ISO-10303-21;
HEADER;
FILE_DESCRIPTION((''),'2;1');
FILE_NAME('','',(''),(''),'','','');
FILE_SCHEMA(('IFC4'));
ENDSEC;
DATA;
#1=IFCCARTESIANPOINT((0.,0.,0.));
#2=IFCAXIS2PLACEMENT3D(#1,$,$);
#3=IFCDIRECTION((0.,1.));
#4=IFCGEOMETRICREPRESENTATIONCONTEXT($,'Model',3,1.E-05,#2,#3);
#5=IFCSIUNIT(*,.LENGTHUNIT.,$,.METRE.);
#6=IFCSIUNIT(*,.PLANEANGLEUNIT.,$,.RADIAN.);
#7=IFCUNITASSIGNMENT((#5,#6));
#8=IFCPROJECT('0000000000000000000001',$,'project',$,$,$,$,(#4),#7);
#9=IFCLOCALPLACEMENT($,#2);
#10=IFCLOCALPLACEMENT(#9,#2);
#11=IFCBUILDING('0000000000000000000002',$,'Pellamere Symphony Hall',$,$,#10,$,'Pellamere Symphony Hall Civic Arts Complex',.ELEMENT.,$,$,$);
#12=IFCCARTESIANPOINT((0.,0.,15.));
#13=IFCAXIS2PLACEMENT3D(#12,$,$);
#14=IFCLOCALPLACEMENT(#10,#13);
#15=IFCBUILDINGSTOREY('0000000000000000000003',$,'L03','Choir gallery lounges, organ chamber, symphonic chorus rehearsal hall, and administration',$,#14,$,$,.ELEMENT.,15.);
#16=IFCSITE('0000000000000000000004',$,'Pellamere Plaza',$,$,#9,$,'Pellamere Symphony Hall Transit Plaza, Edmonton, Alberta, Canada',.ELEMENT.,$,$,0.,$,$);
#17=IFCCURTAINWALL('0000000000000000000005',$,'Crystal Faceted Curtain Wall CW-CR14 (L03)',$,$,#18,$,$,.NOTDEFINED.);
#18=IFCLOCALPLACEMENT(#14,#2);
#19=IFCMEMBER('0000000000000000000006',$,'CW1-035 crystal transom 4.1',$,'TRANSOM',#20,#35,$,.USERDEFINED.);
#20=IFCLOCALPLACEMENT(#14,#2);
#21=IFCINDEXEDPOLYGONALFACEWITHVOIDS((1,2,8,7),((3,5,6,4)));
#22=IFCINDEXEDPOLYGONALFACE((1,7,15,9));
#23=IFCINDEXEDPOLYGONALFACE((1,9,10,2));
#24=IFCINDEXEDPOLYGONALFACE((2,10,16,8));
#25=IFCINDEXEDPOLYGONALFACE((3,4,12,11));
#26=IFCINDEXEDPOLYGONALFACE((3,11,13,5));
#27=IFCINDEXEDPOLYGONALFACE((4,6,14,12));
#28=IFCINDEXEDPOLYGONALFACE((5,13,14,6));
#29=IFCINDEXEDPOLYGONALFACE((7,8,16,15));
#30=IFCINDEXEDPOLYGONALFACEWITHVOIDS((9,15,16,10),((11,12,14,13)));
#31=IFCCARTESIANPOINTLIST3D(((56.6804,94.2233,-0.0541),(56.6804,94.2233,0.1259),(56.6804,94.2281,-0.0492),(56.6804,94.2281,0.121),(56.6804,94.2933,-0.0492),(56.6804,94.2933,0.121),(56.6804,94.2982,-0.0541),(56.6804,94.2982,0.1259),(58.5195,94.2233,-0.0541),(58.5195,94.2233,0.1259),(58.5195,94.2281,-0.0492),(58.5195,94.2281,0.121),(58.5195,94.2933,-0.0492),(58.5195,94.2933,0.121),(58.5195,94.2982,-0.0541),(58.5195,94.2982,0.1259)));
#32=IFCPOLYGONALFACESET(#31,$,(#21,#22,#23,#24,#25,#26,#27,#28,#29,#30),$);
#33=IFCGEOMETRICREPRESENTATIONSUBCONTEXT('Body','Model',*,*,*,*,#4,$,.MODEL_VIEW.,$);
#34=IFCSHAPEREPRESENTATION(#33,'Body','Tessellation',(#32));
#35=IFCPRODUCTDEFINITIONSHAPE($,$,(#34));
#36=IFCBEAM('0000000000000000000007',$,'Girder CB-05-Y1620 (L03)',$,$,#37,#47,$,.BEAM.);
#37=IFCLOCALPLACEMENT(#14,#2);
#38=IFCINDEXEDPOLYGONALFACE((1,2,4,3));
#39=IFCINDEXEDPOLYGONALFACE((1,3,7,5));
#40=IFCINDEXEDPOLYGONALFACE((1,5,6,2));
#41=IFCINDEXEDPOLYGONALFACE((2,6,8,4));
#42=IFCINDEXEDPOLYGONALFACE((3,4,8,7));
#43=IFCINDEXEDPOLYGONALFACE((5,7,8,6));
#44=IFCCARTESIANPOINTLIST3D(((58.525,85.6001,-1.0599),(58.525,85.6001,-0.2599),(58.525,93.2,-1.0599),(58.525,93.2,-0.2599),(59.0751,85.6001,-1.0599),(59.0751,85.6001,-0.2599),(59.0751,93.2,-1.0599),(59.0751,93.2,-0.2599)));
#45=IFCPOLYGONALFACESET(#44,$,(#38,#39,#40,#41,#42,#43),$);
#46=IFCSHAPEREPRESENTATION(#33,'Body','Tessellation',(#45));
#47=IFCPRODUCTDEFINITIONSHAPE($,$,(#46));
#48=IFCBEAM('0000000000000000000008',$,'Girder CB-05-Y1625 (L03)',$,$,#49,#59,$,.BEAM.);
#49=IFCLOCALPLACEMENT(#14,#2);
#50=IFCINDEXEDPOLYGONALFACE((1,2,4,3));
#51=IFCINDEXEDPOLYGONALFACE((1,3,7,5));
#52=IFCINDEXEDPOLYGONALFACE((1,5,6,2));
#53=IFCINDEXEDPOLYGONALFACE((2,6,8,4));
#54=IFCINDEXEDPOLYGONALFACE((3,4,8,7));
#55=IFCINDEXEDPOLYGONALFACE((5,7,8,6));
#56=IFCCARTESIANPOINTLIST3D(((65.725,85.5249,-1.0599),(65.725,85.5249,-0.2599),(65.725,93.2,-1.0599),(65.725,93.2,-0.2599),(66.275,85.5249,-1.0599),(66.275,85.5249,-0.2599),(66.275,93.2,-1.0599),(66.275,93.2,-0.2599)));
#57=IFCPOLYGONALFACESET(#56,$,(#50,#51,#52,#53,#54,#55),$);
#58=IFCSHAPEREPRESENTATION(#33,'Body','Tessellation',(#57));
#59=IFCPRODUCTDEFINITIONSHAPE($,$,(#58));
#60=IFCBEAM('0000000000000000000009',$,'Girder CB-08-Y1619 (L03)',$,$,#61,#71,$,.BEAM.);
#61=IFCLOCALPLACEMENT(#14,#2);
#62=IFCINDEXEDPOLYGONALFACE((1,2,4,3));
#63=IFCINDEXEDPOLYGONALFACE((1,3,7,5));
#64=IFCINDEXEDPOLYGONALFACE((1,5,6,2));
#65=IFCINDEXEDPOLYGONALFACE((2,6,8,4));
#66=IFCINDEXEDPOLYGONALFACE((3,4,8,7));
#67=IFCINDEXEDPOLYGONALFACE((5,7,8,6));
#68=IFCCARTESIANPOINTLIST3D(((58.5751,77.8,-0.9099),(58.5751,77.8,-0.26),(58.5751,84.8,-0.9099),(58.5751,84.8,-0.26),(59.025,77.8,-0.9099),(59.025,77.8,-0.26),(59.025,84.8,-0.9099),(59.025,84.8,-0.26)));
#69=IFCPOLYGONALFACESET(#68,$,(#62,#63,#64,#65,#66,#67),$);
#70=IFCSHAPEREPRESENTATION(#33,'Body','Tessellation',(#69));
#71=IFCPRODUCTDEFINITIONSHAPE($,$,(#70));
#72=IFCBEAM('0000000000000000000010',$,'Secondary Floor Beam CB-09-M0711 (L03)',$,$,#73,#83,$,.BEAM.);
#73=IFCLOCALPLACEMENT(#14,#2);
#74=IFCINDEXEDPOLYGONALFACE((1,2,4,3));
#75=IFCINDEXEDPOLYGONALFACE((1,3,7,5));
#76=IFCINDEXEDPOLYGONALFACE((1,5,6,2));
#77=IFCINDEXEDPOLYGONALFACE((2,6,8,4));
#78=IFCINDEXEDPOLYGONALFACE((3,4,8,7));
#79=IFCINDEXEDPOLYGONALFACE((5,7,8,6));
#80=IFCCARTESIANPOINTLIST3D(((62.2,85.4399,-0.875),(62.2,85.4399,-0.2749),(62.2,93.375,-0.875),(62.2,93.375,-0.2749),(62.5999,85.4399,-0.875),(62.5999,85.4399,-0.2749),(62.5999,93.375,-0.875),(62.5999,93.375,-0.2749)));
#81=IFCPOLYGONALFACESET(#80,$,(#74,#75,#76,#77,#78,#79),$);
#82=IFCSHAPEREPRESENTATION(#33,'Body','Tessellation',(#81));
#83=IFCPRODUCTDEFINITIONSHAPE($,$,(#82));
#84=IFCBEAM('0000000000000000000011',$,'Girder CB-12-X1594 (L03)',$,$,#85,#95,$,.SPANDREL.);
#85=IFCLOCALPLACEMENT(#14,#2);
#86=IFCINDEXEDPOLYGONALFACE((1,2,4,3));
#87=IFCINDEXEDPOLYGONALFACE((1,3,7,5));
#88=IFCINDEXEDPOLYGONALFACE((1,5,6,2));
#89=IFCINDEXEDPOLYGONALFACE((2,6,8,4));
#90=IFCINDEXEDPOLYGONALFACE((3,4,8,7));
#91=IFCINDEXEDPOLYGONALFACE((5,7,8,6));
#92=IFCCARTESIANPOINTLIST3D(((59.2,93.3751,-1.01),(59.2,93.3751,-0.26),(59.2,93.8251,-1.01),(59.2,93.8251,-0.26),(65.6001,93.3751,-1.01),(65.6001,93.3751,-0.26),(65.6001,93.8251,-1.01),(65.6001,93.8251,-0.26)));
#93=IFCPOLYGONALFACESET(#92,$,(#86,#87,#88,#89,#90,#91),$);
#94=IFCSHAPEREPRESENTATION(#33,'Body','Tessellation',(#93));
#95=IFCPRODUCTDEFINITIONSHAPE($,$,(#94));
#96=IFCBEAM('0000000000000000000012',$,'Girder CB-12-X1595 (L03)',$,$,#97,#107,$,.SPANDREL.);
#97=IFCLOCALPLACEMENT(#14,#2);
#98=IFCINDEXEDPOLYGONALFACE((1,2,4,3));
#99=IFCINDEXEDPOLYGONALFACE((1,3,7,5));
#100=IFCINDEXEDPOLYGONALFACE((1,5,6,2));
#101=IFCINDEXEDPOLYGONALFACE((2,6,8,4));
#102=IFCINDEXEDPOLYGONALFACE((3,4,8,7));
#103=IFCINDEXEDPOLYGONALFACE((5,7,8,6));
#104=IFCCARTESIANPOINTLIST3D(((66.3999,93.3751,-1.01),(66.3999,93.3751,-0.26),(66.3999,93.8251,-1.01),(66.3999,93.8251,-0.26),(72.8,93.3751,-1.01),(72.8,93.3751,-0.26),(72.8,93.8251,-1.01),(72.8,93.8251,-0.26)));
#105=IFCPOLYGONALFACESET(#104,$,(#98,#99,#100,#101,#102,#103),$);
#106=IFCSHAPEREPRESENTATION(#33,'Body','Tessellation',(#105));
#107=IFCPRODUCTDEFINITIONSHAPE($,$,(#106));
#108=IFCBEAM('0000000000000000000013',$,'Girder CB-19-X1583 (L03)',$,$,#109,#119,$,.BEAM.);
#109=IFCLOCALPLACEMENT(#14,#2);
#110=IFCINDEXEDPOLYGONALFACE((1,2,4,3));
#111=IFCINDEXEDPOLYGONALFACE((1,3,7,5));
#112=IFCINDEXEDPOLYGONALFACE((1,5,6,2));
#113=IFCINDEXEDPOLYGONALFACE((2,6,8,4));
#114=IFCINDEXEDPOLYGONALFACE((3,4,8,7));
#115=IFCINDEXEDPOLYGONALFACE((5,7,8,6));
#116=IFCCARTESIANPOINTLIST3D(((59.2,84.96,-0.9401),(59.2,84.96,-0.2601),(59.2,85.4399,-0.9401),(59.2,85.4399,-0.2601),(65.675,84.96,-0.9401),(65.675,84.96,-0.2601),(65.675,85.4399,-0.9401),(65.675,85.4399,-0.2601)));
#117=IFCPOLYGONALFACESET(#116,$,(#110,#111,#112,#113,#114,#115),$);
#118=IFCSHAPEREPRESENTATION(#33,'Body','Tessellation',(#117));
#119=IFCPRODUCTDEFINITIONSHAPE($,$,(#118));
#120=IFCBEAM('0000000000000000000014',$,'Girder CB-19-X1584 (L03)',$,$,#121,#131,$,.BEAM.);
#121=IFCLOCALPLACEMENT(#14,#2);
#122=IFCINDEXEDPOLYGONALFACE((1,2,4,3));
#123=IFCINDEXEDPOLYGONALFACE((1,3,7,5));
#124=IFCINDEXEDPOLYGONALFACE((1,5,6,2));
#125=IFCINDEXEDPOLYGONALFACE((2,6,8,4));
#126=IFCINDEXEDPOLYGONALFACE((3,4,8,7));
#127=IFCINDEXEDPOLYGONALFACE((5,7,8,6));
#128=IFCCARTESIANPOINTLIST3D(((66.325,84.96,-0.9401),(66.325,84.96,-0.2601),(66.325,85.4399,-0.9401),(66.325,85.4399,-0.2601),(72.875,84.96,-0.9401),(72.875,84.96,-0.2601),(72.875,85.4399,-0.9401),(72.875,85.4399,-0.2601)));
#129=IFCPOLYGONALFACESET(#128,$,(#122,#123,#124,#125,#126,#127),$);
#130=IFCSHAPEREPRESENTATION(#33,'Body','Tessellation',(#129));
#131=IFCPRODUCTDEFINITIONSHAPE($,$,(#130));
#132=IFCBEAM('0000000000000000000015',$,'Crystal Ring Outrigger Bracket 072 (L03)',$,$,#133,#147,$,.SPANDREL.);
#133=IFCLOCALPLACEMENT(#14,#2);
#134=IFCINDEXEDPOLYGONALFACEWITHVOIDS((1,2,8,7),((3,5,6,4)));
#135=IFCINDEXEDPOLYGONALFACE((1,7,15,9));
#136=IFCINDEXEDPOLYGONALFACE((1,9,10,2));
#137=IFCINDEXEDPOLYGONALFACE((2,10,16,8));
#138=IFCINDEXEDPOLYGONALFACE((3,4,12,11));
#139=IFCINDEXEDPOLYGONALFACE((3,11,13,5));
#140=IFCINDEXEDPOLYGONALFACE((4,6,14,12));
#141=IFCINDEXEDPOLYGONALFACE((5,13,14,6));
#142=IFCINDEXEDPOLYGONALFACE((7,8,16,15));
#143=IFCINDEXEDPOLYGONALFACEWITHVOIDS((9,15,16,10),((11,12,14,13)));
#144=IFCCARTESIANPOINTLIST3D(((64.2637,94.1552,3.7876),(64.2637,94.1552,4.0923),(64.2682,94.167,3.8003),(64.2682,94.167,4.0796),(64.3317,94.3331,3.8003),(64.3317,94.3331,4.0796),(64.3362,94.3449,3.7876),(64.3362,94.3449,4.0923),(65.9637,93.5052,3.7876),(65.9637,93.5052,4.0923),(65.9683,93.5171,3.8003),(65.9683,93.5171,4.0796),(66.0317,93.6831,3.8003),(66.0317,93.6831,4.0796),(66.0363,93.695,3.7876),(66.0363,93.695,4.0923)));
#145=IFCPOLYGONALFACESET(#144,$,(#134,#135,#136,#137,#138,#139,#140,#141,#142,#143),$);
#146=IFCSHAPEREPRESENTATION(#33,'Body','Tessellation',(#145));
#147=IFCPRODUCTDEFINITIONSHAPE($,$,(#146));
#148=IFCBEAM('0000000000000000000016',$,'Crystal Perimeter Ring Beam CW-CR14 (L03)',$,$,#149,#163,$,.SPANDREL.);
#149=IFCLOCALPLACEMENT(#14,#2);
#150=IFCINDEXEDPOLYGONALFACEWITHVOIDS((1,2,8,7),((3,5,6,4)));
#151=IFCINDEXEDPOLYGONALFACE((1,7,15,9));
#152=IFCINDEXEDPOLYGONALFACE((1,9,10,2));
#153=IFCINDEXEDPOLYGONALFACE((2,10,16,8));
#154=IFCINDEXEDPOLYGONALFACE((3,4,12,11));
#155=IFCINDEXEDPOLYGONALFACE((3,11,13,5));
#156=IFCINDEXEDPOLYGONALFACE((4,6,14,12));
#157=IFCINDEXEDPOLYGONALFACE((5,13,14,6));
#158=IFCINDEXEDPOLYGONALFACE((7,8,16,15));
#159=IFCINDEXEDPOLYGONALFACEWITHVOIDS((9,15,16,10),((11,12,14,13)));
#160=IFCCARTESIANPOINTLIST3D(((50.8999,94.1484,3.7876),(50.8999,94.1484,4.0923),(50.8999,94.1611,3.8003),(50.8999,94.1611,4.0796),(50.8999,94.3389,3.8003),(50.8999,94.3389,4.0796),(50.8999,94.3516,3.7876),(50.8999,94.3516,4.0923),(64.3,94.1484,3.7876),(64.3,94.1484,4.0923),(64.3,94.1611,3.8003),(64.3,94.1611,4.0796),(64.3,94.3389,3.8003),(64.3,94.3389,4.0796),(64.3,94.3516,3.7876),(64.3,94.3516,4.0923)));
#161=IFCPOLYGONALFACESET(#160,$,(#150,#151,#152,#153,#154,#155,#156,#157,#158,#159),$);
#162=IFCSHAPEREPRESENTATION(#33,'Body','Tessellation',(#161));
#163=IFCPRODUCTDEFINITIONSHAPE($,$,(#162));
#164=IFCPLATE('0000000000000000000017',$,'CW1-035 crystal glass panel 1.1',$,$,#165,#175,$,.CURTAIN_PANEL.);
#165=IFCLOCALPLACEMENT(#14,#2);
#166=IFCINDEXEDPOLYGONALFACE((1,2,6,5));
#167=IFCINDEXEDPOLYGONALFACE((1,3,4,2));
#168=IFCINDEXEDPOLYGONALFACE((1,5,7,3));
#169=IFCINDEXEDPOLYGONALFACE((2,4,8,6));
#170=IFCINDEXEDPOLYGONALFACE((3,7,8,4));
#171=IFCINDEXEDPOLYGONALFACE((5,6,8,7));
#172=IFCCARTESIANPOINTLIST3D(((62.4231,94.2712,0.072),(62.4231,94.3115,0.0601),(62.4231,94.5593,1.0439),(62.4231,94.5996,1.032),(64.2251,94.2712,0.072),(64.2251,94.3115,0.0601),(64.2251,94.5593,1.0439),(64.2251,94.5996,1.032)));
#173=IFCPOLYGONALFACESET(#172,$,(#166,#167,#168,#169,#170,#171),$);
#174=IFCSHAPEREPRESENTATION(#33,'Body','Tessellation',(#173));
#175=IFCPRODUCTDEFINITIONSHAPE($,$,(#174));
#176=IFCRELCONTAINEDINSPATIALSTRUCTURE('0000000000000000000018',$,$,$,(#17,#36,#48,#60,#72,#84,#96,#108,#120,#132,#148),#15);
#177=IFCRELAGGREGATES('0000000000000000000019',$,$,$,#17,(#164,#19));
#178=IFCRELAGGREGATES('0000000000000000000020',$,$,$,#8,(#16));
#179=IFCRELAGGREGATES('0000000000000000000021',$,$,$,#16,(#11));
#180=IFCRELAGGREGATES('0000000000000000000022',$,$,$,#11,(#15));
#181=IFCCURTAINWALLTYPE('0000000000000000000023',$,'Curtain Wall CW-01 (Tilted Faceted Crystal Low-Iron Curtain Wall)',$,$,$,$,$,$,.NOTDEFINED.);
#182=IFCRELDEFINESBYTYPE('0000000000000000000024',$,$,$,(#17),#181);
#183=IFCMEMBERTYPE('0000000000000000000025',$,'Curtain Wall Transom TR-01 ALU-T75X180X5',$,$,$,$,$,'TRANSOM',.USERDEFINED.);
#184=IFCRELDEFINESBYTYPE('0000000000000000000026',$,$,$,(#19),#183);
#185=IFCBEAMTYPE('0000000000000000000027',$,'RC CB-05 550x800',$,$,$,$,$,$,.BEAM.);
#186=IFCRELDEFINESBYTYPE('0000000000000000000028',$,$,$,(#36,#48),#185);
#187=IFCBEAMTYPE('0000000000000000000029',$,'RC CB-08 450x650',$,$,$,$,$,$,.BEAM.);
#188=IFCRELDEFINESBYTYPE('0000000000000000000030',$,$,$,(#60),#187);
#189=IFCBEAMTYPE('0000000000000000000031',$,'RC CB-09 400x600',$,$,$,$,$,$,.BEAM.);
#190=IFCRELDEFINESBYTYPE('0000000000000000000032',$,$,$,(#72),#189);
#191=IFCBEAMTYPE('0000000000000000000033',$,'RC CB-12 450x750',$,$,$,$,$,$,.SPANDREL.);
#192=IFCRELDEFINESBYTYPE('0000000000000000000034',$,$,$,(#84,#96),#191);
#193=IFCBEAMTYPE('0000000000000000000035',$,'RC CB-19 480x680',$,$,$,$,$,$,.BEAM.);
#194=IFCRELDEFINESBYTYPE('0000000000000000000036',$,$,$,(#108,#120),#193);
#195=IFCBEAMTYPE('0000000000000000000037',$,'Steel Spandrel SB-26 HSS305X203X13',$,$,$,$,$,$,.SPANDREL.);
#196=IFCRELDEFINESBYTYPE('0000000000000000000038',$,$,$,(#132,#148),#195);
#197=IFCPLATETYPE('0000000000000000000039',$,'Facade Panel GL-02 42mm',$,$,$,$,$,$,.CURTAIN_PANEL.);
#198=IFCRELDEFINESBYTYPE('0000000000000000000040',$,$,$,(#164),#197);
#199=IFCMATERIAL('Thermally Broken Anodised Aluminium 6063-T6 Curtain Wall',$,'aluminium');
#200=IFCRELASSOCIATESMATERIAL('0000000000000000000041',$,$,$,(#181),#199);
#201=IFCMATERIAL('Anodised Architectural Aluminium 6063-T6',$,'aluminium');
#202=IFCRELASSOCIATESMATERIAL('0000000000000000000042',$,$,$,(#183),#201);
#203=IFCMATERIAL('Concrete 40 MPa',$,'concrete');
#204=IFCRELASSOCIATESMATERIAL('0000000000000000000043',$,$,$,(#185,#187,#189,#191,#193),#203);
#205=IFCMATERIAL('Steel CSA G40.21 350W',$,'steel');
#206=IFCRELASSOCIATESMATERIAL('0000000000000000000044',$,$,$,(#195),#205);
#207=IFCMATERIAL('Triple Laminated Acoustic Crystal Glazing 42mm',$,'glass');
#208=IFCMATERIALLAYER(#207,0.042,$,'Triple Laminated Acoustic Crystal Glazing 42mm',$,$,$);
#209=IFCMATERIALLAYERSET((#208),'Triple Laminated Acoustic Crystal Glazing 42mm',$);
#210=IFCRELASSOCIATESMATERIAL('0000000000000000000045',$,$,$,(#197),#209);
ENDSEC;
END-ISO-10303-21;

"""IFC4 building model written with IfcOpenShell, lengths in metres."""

from ifc_helpers import new_model, si_unit, direction, frame, origin, origin_2d, place, context, subcontext, project, spatial, polyline, rectangle, hollow_rectangle, outline, extrude, material, layer, layer_set, material_profile, profile_set, type_object, element, aggregate, save


model = new_model("IFC4")

# Units and contexts
model_context = context("Model", 3, precision=1e-05, world=origin(), true_north=direction((0.0, 1.0)))
body_context = subcontext(model_context, "Body", "Model", "MODEL_VIEW")
ifc_project = project(units=[si_unit("LENGTHUNIT", "METRE"), si_unit("PLANEANGLEUNIT", "RADIAN")], contexts=[model_context])

# Site, building, storey
site_placement = place(None, origin())
site = spatial("IfcSite", under=ifc_project, at=site_placement, Name="Pellamere Plaza", LongName="Pellamere Symphony Hall Transit Plaza, Edmonton, Alberta, Canada", CompositionType="ELEMENT", RefElevation=0.0)
building_placement = place(site_placement, origin())
building = spatial("IfcBuilding", under=site, at=building_placement, Name="Pellamere Symphony Hall", LongName="Pellamere Symphony Hall Civic Arts Complex", CompositionType="ELEMENT")
storey_placement = place(building_placement, frame((0.0, 0.0, 15.0)))
storey = spatial("IfcBuildingStorey", under=building, at=storey_placement, Name="L03", Description="Choir gallery lounges, organ chamber, symphonic chorus rehearsal hall, and administration", CompositionType="ELEMENT", Elevation=15.0)

# Shared definitions
ifc_material_1 = material(Name="Concrete 40 MPa", Category="concrete")

# Curtain wall
ifc_material_2 = material(Name="Thermally Broken Anodised Aluminium 6063-T6 Curtain Wall", Category="aluminium")
curtain_wall_type = type_object("IfcCurtainWallType", Name="Curtain Wall CW-01 (Tilted Faceted Crystal Low-Iron Curtain Wall)", PredefinedType="NOTDEFINED", material=ifc_material_2)
curtain_wall_1_placement = place(storey_placement, origin())
curtain_wall_1 = element("IfcCurtainWall", 1, at=curtain_wall_1_placement, inside=storey, type_object=curtain_wall_type, Name="Crystal Faceted Curtain Wall CW-CR14 (L03)", PredefinedType="NOTDEFINED")
ifc_material_3 = material(Name="Anodised Architectural Aluminium 6063-T6", Category="aluminium")

# Shared definitions
ifc_material_profile_1 = material_profile(ifc_material_3, hollow_rectangle(XDim=0.075, YDim=0.1799, WallThickness=0.0049, at=origin_2d()), Name="ALU-T75X180X5")
ifc_profile_set_1 = profile_set([ifc_material_profile_1], Name="Anodised Architectural Aluminium 6063-T6")
member_type_1 = type_object("IfcMemberType", Name="Curtain Wall Transom TR-01 ALU-T75X180X5", ElementType="TRANSOM", PredefinedType="USERDEFINED", material=ifc_profile_set_1)

# Member
member_1_placement = place(storey_placement, frame((58.5195, 94.2607, 0.0359), z_axis=(-1.0, 0.0, 0.0), x_axis=(0.0, -1.0, 0.0)))
member_1 = element("IfcMember", 2, at=member_1_placement, type_object=member_type_1, Name="CW1-035 crystal transom 4.1", ObjectType="TRANSOM", PredefinedType="USERDEFINED", context=body_context, shape_type="SweptSolid", body=[
    extrude(hollow_rectangle(XDim=0.075, YDim=0.1799, WallThickness=0.0049, at=origin_2d()), origin(), (0.0, 0.0, 1.0), 1.8391),
])

# Beams
ifc_material_profile_2 = material_profile(ifc_material_1, rectangle(XDim=0.55, YDim=0.8, at=origin_2d()), Name="RC 550x800")
ifc_profile_set_2 = profile_set([ifc_material_profile_2], Name="Concrete 40 MPa")
beam_type_1 = type_object("IfcBeamType", Name="RC CB-05 550x800", PredefinedType="BEAM", material=ifc_profile_set_2)
beam_1_placement = place(storey_placement, frame((58.8, 85.6001, -0.6599), z_axis=(0.0, 1.0, 0.0), x_axis=(-1.0, 0.0, 0.0)))
element("IfcBeam", 3, at=beam_1_placement, inside=storey, type_object=beam_type_1, Name="Girder CB-05-Y1620 (L03)", PredefinedType="BEAM", context=body_context, shape_type="SweptSolid", body=[
    extrude(rectangle(XDim=0.55, YDim=0.8, at=origin_2d()), origin(), (0.0, 0.0, 1.0), 7.5999),
])
beam_2_placement = place(storey_placement, frame((66.0, 85.5249, -0.6599), z_axis=(0.0, 1.0, 0.0), x_axis=(-1.0, 0.0, 0.0)))
element("IfcBeam", 4, at=beam_2_placement, inside=storey, type_object=beam_type_1, Name="Girder CB-05-Y1625 (L03)", PredefinedType="BEAM", context=body_context, shape_type="SweptSolid", body=[
    extrude(rectangle(XDim=0.55, YDim=0.8, at=origin_2d()), origin(), (0.0, 0.0, 1.0), 7.675),
])
ifc_material_profile_3 = material_profile(ifc_material_1, rectangle(XDim=0.45, YDim=0.6499, at=origin_2d()), Name="RC 450x650")
ifc_profile_set_3 = profile_set([ifc_material_profile_3], Name="Concrete 40 MPa")
beam_type_2 = type_object("IfcBeamType", Name="RC CB-08 450x650", PredefinedType="BEAM", material=ifc_profile_set_3)
beam_3_placement = place(storey_placement, frame((58.8, 77.8, -0.585), z_axis=(0.0, 1.0, 0.0), x_axis=(-1.0, 0.0, 0.0)))
element("IfcBeam", 5, at=beam_3_placement, inside=storey, type_object=beam_type_2, Name="Girder CB-08-Y1619 (L03)", PredefinedType="BEAM", context=body_context, shape_type="SweptSolid", body=[
    extrude(rectangle(XDim=0.45, YDim=0.6499, at=origin_2d()), origin(), (0.0, 0.0, 1.0), 7.0),
])
ifc_material_profile_4 = material_profile(ifc_material_1, rectangle(XDim=0.3999, YDim=0.6001, at=origin_2d()), Name="RC 400x600")
ifc_profile_set_4 = profile_set([ifc_material_profile_4], Name="Concrete 40 MPa")
beam_type_3 = type_object("IfcBeamType", Name="RC CB-09 400x600", PredefinedType="BEAM", material=ifc_profile_set_4)
beam_4_placement = place(storey_placement, frame((62.3999, 85.4399, -0.575), z_axis=(0.0, 1.0, 0.0), x_axis=(-1.0, 0.0, 0.0)))
element("IfcBeam", 6, at=beam_4_placement, inside=storey, type_object=beam_type_3, Name="Secondary Floor Beam CB-09-M0711 (L03)", PredefinedType="BEAM", context=body_context, shape_type="SweptSolid", body=[
    extrude(rectangle(XDim=0.3999, YDim=0.6001, at=origin_2d()), origin(), (0.0, 0.0, 1.0), 7.9351),
])
ifc_material_profile_5 = material_profile(ifc_material_1, rectangle(XDim=0.45, YDim=0.75, at=origin_2d()), Name="RC 450x750")
ifc_profile_set_5 = profile_set([ifc_material_profile_5], Name="Concrete 40 MPa")
beam_type_4 = type_object("IfcBeamType", Name="RC CB-12 450x750", PredefinedType="SPANDREL", material=ifc_profile_set_5)
for number, where, z_axis, x_axis, name in (
    (7, (59.2, 93.6001, -0.635), (1.0, 0.0, 0.0), (0.0, 1.0, 0.0), "Girder CB-12-X1594 (L03)"),
    (8, (66.3999, 93.6001, -0.635), (1.0, 0.0, 0.0), (0.0, 1.0, 0.0), "Girder CB-12-X1595 (L03)"),
):
    element("IfcBeam", number, at=place(storey_placement, frame(where, z_axis=z_axis, x_axis=x_axis)), inside=storey, type_object=beam_type_4, Name=name, PredefinedType="SPANDREL", context=body_context, shape_type="SweptSolid", body=[
        extrude(rectangle(XDim=0.45, YDim=0.75, at=origin_2d()), origin(), (0.0, 0.0, 1.0), 6.4001),
    ])
ifc_material_profile_6 = material_profile(ifc_material_1, rectangle(XDim=0.48, YDim=0.6799, at=origin_2d()), Name="RC 480x680")
ifc_profile_set_6 = profile_set([ifc_material_profile_6], Name="Concrete 40 MPa")
beam_type_5 = type_object("IfcBeamType", Name="RC CB-19 480x680", PredefinedType="BEAM", material=ifc_profile_set_6)
beam_5_placement = place(storey_placement, frame((59.2, 85.2, -0.6001), z_axis=(1.0, 0.0, 0.0), x_axis=(0.0, 1.0, 0.0)))
element("IfcBeam", 9, at=beam_5_placement, inside=storey, type_object=beam_type_5, Name="Girder CB-19-X1583 (L03)", PredefinedType="BEAM", context=body_context, shape_type="SweptSolid", body=[
    extrude(rectangle(XDim=0.48, YDim=0.6799, at=origin_2d()), origin(), (0.0, 0.0, 1.0), 6.4751),
])
beam_6_placement = place(storey_placement, frame((66.325, 85.2, -0.6001), z_axis=(1.0, 0.0, 0.0), x_axis=(0.0, 1.0, 0.0)))
element("IfcBeam", 10, at=beam_6_placement, inside=storey, type_object=beam_type_5, Name="Girder CB-19-X1584 (L03)", PredefinedType="BEAM", context=body_context, shape_type="SweptSolid", body=[
    extrude(rectangle(XDim=0.48, YDim=0.6799, at=origin_2d()), origin(), (0.0, 0.0, 1.0), 6.55),
])
ifc_material_4 = material(Name="Steel CSA G40.21 350W", Category="steel")
ifc_material_profile_7 = material_profile(ifc_material_4, hollow_rectangle(XDim=0.2031, YDim=0.3047, WallThickness=0.0127, at=origin_2d()), Name="HSS305X203X13")
ifc_profile_set_7 = profile_set([ifc_material_profile_7], Name="Steel CSA G40.21 350W")
beam_type_6 = type_object("IfcBeamType", Name="Steel Spandrel SB-26 HSS305X203X13", PredefinedType="SPANDREL", material=ifc_profile_set_7)
beam_7_placement = place(storey_placement, frame((66.0, 93.6001, 3.9399), z_axis=(-0.934066, 0.3571, 0.0), x_axis=(-0.3571, -0.934066, 0.0)))
element("IfcBeam", 11, at=beam_7_placement, inside=storey, type_object=beam_type_6, Name="Crystal Ring Outrigger Bracket 072 (L03)", PredefinedType="SPANDREL", context=body_context, shape_type="SweptSolid", body=[
    extrude(hollow_rectangle(XDim=0.2031, YDim=0.3047, WallThickness=0.0127, at=origin_2d()), origin(), (0.0, 0.0, 1.0), 1.8201),
])
beam_8_placement = place(storey_placement, frame((64.3, 94.25, 3.9399), z_axis=(-1.0, 0.0, 0.0), x_axis=(0.0, -1.0, 0.0)))
element("IfcBeam", 12, at=beam_8_placement, inside=storey, type_object=beam_type_6, Name="Crystal Perimeter Ring Beam CW-CR14 (L03)", PredefinedType="SPANDREL", context=body_context, shape_type="SweptSolid", body=[
    extrude(hollow_rectangle(XDim=0.2031, YDim=0.3047, WallThickness=0.0127, at=origin_2d()), origin(), (0.0, 0.0, 1.0), 13.4001),
])

# Plate
ifc_material_5 = material(Name="Triple Laminated Acoustic Crystal Glazing 42mm", Category="glass")
ifc_layer_1 = layer(ifc_material_5, 0.042, Name="Triple Laminated Acoustic Crystal Glazing 42mm")
ifc_layer_set_1 = layer_set([ifc_layer_1], Name="Triple Laminated Acoustic Crystal Glazing 42mm")
plate_type_1 = type_object("IfcPlateType", Name="Facade Panel GL-02 42mm", PredefinedType="CURTAIN_PANEL", material=ifc_layer_set_1)
plate_1_placement = place(storey_placement, frame((64.2251, 94.2712, 0.072), z_axis=(0.0, -0.958769, 0.284187), x_axis=(-1.0, 0.0, 0.0)))
plate_1 = element("IfcPlate", 13, at=plate_1_placement, type_object=plate_type_1, Name="CW1-035 crystal glass panel 1.1", PredefinedType="CURTAIN_PANEL", context=body_context, shape_type="SweptSolid", body=[
    extrude(outline(polyline([(0.0, 0.0), (1.802, 0.0), (1.802, -1.0137), (0.0, -1.0137), (0.0, 0.0)])), origin(), (0.0, 0.0, -1.0), 0.042),
])
aggregate(curtain_wall_1, [plate_1, member_1])

save(model, "model.ifc")
